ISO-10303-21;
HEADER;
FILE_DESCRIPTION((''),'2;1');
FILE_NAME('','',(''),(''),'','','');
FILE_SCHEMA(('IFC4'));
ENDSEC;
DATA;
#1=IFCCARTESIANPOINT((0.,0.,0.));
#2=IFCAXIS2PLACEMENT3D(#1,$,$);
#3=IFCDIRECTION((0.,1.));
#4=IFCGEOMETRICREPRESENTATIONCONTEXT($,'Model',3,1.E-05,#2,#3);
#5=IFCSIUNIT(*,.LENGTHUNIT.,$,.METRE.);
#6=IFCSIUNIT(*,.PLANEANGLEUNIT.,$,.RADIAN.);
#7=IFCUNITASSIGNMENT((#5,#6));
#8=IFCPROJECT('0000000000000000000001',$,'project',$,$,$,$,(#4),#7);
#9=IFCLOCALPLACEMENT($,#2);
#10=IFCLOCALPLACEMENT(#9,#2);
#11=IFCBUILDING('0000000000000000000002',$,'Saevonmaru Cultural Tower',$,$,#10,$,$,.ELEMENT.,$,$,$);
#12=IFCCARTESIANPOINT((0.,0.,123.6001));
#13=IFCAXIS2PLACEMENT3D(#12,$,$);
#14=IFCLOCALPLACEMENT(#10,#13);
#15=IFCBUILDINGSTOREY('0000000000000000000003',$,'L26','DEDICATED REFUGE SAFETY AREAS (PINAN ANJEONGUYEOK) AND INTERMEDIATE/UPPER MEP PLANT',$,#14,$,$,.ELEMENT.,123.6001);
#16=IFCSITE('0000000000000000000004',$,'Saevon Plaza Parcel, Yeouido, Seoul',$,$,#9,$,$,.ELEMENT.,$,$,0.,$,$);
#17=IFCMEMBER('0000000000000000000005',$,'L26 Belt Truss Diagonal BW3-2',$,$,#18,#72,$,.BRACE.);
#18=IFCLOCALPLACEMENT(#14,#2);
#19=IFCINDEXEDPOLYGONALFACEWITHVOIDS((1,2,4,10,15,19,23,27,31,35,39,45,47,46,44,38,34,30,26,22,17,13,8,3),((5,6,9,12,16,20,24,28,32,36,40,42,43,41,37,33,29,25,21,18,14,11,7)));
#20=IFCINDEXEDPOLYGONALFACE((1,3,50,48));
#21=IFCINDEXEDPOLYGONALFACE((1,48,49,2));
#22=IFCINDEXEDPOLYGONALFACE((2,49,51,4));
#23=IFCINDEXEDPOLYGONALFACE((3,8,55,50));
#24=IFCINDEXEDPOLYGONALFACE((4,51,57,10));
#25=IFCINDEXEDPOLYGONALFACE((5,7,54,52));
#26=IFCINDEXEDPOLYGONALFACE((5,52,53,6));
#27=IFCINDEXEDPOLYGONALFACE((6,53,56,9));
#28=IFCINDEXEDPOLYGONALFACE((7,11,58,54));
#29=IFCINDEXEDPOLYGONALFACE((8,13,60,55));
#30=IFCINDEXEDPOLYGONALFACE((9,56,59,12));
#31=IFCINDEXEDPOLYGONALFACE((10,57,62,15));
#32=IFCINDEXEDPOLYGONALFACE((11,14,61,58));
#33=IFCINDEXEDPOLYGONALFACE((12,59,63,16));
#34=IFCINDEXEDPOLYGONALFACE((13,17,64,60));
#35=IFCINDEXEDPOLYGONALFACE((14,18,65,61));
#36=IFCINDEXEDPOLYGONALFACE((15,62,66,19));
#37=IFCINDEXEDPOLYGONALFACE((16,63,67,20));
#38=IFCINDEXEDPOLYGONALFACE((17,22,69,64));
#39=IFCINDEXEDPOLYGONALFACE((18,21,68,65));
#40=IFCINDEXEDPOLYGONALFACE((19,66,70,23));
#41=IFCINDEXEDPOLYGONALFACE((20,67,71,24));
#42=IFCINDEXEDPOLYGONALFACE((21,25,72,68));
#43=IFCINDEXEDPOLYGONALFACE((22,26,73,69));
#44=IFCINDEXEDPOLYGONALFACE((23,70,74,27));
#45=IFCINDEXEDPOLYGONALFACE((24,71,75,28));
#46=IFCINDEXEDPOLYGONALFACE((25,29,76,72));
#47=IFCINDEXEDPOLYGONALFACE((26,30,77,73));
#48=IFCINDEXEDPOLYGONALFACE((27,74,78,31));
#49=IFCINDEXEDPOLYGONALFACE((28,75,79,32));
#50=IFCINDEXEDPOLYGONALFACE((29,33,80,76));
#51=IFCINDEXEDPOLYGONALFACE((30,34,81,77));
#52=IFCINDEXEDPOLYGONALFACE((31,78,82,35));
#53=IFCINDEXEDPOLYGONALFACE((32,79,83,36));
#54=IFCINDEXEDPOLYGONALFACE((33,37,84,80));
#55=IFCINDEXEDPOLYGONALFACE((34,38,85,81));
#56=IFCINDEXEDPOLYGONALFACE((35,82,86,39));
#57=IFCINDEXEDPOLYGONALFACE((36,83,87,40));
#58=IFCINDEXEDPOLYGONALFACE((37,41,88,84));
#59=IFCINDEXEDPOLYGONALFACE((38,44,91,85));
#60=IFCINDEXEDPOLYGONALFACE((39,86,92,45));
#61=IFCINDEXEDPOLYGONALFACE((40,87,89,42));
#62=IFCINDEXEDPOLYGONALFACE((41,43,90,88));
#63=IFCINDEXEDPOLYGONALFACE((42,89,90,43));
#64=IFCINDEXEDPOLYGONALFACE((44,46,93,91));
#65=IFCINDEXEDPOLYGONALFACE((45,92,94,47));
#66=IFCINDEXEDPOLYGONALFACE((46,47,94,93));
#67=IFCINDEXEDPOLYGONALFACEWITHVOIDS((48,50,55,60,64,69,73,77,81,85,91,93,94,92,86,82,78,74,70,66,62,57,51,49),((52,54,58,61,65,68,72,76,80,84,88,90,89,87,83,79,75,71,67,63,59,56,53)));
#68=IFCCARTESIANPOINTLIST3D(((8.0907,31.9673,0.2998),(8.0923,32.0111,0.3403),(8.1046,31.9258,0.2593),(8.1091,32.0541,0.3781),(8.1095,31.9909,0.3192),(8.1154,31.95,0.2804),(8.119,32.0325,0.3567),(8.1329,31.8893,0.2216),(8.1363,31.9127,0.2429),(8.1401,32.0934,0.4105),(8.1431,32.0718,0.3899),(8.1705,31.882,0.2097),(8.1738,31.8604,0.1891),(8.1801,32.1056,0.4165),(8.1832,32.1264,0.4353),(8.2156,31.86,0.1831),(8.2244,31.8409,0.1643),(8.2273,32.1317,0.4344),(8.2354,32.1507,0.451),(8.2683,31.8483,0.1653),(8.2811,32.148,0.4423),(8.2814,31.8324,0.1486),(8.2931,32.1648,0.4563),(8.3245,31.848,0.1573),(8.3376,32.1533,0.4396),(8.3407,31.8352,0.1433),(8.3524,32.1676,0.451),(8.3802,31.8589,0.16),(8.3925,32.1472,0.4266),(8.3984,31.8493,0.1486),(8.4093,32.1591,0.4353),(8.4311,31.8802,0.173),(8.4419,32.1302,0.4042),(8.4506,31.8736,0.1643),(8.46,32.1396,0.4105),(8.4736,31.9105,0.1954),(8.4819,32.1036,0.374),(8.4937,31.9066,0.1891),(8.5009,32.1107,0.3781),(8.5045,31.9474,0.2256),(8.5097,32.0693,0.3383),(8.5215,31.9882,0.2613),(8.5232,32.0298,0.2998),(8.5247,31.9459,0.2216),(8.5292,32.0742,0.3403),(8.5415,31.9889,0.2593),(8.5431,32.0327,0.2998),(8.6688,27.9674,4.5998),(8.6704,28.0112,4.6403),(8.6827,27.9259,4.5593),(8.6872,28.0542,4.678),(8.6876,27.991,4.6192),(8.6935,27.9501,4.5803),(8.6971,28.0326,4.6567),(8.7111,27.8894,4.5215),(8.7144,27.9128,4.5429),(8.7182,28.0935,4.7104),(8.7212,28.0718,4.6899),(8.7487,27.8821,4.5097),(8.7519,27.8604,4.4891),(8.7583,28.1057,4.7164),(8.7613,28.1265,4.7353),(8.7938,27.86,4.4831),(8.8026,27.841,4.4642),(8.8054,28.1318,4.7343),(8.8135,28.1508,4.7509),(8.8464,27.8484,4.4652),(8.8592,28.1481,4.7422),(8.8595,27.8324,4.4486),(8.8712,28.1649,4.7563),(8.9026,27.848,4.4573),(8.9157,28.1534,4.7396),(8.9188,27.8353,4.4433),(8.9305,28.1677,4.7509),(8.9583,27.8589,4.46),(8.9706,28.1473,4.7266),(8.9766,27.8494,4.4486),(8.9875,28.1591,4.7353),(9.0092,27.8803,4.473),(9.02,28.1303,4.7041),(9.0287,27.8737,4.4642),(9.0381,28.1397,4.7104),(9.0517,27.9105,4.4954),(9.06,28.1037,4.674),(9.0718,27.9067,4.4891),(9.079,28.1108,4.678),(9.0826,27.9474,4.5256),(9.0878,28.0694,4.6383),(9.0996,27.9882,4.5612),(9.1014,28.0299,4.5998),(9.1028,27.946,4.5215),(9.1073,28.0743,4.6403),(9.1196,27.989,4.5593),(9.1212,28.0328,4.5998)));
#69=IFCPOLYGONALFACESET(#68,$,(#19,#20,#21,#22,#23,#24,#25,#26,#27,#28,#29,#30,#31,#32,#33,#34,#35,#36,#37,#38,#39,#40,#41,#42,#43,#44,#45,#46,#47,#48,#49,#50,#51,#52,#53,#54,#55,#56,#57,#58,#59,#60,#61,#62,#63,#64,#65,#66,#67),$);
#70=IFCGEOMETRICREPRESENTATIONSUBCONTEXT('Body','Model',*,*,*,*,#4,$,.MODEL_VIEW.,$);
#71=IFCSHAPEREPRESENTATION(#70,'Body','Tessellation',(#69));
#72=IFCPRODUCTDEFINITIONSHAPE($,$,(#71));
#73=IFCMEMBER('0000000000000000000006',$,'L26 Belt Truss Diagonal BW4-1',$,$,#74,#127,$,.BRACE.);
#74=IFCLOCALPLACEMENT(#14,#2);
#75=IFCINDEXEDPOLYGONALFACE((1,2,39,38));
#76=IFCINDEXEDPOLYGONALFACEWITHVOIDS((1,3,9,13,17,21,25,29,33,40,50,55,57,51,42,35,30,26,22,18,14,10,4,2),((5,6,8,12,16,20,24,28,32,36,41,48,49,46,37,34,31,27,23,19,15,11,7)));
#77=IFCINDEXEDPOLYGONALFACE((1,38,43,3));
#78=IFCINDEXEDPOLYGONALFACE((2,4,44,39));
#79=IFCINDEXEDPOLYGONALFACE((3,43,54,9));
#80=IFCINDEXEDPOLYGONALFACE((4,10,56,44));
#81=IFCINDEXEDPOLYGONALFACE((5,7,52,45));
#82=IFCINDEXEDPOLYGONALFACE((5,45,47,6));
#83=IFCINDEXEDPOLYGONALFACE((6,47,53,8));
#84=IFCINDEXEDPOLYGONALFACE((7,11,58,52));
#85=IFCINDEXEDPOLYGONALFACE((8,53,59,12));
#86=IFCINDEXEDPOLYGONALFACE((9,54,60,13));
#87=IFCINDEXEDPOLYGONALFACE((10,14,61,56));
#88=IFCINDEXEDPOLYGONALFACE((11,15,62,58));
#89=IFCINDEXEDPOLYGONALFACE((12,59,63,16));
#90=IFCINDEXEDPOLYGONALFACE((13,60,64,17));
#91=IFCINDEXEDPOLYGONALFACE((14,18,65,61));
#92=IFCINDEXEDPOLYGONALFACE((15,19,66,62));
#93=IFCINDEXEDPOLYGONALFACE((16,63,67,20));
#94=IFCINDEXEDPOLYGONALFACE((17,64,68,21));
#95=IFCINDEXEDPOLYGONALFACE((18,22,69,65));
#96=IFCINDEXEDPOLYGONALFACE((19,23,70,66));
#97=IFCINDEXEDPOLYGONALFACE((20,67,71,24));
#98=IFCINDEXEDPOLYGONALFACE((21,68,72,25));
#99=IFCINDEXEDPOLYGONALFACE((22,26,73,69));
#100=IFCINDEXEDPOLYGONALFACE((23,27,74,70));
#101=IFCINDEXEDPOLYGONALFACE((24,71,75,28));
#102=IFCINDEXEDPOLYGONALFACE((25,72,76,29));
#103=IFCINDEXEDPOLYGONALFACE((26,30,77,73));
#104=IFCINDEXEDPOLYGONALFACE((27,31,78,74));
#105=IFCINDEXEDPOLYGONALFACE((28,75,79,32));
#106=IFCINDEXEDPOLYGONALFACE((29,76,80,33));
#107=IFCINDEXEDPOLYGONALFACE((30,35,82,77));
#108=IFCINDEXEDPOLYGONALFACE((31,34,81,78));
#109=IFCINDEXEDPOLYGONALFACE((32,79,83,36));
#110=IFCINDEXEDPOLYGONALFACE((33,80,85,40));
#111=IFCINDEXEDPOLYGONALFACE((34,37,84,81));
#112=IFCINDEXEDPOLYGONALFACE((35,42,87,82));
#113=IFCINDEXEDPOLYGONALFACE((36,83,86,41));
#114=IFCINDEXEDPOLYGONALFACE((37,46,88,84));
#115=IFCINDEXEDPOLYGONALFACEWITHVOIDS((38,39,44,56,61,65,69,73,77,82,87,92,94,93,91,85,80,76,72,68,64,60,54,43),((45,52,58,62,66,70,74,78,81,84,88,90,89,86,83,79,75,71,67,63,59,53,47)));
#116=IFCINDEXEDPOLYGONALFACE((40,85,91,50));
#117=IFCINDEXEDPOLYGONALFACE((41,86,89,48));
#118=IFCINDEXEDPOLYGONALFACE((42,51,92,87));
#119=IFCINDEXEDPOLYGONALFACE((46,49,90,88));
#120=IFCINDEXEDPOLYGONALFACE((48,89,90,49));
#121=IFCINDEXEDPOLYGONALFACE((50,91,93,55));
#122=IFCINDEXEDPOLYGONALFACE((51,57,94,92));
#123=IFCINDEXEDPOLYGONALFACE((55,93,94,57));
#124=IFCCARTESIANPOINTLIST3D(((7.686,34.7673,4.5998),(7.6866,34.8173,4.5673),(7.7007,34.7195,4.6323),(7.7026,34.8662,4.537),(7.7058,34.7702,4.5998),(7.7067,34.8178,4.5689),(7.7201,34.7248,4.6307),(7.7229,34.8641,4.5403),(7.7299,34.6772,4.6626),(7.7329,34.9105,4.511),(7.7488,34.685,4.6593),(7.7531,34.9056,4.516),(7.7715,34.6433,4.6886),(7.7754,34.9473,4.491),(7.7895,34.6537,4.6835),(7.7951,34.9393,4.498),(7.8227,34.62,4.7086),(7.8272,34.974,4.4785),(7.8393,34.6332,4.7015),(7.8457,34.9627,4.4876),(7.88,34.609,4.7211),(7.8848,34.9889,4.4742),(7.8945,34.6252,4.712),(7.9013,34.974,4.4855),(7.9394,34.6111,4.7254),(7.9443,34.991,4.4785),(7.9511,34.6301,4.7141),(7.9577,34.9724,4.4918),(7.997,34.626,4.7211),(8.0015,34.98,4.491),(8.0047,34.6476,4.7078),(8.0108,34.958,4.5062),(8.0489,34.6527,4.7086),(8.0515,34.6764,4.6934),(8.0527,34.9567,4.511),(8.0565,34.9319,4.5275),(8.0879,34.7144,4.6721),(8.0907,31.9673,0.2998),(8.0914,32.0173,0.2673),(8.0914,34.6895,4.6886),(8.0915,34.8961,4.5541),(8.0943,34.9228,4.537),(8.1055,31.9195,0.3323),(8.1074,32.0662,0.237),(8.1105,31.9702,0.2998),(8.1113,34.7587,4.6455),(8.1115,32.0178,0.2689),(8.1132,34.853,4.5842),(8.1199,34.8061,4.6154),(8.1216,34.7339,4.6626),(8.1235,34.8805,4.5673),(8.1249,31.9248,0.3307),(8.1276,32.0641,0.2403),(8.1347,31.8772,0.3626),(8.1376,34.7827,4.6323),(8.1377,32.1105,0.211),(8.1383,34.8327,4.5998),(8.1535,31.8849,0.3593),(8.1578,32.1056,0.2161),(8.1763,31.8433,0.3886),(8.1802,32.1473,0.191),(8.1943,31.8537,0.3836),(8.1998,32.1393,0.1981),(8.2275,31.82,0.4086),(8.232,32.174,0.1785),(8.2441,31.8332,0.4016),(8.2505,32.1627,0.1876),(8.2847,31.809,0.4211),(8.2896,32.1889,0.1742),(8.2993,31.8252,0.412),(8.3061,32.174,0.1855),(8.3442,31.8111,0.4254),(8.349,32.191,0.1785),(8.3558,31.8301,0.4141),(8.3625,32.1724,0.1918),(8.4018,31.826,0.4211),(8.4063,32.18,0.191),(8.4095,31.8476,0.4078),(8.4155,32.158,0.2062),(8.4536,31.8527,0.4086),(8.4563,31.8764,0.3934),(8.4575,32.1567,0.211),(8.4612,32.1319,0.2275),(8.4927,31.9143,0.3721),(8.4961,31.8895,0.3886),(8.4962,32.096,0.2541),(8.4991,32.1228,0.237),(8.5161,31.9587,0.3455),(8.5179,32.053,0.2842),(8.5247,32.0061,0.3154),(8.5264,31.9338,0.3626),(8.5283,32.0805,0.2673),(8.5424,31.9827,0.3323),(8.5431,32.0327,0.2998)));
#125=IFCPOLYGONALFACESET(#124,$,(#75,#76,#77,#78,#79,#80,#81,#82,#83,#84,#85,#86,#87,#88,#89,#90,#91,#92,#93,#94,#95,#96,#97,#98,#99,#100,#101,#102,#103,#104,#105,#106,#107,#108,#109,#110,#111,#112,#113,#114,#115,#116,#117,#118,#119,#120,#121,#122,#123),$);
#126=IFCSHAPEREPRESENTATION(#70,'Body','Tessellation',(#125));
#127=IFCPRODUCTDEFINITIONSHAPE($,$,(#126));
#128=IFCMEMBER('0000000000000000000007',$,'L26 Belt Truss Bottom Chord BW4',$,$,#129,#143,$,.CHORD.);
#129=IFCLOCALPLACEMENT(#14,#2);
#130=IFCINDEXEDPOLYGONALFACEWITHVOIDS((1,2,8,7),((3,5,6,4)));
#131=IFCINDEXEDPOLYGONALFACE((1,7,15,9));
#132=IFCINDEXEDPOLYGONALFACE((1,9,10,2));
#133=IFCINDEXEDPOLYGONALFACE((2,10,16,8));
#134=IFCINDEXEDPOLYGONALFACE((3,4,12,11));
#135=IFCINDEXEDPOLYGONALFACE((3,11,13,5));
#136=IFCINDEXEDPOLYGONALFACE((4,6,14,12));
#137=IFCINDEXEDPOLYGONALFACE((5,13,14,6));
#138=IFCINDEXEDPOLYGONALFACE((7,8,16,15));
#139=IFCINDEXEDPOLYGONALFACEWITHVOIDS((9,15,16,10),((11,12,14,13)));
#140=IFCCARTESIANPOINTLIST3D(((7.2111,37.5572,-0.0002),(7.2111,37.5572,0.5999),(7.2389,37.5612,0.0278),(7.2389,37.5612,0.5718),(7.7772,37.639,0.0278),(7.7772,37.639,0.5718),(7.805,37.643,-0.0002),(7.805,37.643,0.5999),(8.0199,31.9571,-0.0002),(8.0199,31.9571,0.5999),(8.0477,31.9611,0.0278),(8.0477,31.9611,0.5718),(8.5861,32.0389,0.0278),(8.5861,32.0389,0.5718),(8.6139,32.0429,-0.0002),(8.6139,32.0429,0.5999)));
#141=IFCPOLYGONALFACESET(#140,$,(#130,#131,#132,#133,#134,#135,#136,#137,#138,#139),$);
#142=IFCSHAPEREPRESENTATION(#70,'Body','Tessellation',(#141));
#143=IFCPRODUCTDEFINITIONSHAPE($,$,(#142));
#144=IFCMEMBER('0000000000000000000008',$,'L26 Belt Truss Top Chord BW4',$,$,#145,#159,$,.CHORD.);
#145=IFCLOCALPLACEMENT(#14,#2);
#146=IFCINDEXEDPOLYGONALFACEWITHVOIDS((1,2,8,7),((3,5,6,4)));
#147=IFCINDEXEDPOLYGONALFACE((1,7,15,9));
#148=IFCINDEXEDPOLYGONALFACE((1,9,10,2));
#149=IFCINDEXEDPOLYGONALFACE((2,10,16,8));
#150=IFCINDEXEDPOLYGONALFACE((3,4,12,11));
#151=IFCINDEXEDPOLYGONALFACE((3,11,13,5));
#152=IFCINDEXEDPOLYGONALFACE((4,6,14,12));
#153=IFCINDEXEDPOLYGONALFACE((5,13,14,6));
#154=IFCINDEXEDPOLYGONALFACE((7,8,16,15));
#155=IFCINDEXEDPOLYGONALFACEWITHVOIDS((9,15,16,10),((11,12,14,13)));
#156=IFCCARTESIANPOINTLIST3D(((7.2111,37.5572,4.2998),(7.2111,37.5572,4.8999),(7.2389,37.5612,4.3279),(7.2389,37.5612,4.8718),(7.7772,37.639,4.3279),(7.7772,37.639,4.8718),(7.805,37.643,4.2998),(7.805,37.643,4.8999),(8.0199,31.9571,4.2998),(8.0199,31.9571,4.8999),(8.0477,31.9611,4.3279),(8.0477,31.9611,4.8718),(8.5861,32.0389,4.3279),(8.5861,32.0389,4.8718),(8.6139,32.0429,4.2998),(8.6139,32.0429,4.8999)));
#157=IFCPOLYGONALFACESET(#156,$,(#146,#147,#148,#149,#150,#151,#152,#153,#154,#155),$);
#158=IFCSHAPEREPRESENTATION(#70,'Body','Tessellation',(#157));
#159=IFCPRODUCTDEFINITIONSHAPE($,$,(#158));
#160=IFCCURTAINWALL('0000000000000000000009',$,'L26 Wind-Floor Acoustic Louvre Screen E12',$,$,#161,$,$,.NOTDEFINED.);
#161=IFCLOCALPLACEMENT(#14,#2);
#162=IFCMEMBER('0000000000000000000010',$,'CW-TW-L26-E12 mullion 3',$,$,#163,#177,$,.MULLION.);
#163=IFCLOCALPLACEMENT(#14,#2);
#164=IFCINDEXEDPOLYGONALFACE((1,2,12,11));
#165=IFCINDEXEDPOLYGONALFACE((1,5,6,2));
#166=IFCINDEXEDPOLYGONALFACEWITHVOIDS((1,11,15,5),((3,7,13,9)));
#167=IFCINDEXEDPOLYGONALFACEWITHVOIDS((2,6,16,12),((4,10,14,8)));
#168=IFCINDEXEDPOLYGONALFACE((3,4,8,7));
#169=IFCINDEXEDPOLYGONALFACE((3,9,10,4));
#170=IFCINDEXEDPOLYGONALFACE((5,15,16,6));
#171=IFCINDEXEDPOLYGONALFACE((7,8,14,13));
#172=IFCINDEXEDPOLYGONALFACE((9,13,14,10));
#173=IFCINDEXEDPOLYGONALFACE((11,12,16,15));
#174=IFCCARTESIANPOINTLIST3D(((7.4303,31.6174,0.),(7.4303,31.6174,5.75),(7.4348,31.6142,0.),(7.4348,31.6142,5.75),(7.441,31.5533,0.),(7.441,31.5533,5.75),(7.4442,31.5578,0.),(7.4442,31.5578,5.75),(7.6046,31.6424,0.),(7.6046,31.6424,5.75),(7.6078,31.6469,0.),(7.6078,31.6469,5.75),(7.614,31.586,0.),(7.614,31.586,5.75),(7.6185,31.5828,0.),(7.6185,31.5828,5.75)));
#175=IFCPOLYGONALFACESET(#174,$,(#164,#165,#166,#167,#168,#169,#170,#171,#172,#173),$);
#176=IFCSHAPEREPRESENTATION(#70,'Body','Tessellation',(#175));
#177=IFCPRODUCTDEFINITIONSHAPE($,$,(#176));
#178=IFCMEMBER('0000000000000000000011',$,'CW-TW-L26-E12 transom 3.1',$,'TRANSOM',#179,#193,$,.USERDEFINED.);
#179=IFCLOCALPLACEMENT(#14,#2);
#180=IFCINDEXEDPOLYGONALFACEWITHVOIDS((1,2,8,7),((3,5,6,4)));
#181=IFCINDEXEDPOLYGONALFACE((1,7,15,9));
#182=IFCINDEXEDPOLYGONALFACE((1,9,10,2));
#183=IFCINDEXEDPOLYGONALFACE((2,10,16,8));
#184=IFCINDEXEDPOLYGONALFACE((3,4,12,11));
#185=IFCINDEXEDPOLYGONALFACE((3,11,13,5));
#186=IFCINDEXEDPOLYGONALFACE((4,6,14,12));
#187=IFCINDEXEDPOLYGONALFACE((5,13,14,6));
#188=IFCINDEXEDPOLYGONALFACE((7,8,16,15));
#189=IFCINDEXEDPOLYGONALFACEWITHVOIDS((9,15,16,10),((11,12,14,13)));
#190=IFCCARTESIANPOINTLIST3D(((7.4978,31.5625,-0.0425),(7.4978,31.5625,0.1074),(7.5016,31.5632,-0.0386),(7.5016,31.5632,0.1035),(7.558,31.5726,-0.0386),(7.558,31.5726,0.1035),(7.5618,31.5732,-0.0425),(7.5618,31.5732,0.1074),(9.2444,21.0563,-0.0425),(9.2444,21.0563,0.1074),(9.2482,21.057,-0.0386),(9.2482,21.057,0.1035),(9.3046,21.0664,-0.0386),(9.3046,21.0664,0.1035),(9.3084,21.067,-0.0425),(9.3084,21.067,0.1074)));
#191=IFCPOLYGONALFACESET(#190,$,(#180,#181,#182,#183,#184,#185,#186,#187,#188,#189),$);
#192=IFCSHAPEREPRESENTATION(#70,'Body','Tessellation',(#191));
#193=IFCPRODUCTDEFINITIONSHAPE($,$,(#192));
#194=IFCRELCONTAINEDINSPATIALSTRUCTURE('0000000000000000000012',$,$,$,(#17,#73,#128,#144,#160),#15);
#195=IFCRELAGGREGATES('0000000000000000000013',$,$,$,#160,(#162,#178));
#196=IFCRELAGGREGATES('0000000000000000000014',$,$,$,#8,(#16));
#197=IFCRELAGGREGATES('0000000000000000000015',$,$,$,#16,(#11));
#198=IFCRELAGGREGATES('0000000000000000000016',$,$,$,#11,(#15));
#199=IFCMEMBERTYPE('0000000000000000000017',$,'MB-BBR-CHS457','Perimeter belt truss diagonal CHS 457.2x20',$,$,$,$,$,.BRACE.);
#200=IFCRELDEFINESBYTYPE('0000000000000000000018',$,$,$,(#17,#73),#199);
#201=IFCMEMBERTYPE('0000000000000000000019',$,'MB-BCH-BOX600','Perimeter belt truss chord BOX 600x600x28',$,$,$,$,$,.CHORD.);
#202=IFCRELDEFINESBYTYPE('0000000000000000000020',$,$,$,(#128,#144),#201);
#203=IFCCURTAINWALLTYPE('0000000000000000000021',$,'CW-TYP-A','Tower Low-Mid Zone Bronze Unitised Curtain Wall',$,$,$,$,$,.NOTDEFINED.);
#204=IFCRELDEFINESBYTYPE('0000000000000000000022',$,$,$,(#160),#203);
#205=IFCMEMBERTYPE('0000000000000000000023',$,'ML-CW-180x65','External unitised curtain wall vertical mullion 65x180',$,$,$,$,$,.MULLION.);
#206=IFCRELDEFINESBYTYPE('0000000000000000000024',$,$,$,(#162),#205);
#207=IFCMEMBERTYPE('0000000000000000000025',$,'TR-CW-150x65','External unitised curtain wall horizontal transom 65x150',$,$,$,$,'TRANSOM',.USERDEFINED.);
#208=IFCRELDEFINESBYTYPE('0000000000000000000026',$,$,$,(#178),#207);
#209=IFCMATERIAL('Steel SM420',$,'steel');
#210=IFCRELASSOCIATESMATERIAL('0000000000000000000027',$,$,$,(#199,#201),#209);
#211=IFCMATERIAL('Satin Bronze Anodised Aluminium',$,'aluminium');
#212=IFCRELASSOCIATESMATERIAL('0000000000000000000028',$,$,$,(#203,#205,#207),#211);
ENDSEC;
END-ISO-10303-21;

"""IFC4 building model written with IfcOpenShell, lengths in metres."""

from ifc_helpers import new_model, si_unit, direction, frame, origin, origin_2d, place, context, subcontext, project, spatial, hollow_rectangle, hollow_circle, extrude, material, material_profile, profile_set, type_object, element, aggregate, save


model = new_model("IFC4")

# Units and contexts
model_context = context("Model", 3, precision=1e-05, world=origin(), true_north=direction((0.0, 1.0)))
body_context = subcontext(model_context, "Body", "Model", "MODEL_VIEW")
ifc_project = project(units=[si_unit("LENGTHUNIT", "METRE"), si_unit("PLANEANGLEUNIT", "RADIAN")], contexts=[model_context])

# Site, building, storey
site_placement = place(None, origin())
site = spatial("IfcSite", under=ifc_project, at=site_placement, Name="Saevon Plaza Parcel, Yeouido, Seoul", CompositionType="ELEMENT", RefElevation=0.0)
building_placement = place(site_placement, origin())
building = spatial("IfcBuilding", under=site, at=building_placement, Name="Saevonmaru Cultural Tower", CompositionType="ELEMENT")
storey_placement = place(building_placement, frame((0.0, 0.0, 123.6001)))
storey = spatial("IfcBuildingStorey", under=building, at=storey_placement, Name="L26", Description="DEDICATED REFUGE SAFETY AREAS (PINAN ANJEONGUYEOK) AND INTERMEDIATE/UPPER MEP PLANT", CompositionType="ELEMENT", Elevation=123.6001)

# Shared definitions
ifc_material_1 = material(Name="Steel SM420", Category="steel")

# Members
ifc_material_profile_1 = material_profile(ifc_material_1, hollow_circle(Radius=0.2285, WallThickness=0.02, at=origin_2d()), Name="CHS-457.2x20")
ifc_profile_set_1 = profile_set([ifc_material_profile_1], Name="Steel SM420")
member_type_1 = type_object("IfcMemberType", Name="MB-BBR-CHS457", Description="Perimeter belt truss diagonal CHS 457.2x20", PredefinedType="BRACE", material=ifc_profile_set_1)
member_1_placement = place(storey_placement, frame((8.3169, 32.0, 0.2998), z_axis=(0.097967, -0.677823, 0.728669), x_axis=(0.989716, 0.143045, 0.0)))
element("IfcMember", 1, at=member_1_placement, inside=storey, type_object=member_type_1, Name="L26 Belt Truss Diagonal BW3-2", PredefinedType="BRACE", context=body_context, shape_type="SweptSolid", body=[
    extrude(hollow_circle(Radius=0.2285, WallThickness=0.02, at=origin_2d()), origin(), (0.0, 0.0, 1.0), 5.9011),
])
member_2_placement = place(storey_placement, frame((8.3169, 32.0, 0.2998), z_axis=(-0.078641, 0.543986, 0.835401), x_axis=(-0.989712, -0.143076, 0.0)))
element("IfcMember", 2, at=member_2_placement, inside=storey, type_object=member_type_1, Name="L26 Belt Truss Diagonal BW4-1", PredefinedType="BRACE", context=body_context, shape_type="SweptSolid", body=[
    extrude(hollow_circle(Radius=0.2285, WallThickness=0.02, at=origin_2d()), origin(), (0.0, 0.0, 1.0), 5.1472),
])
ifc_material_profile_2 = material_profile(ifc_material_1, hollow_rectangle(XDim=0.6001, YDim=0.6001, WallThickness=0.0281, at=origin_2d()), Name="BOX-600x600x28")
ifc_profile_set_2 = profile_set([ifc_material_profile_2], Name="Steel SM420")
member_type_2 = type_object("IfcMemberType", Name="MB-BCH-BOX600", Description="Perimeter belt truss chord BOX 600x600x28", PredefinedType="CHORD", material=ifc_profile_set_2)
for number, where, z_axis, x_axis, name in (
    (3, (8.3169, 32.0, 0.2998), (-0.142949, 0.98973, 0.0), (-0.98973, -0.142949, 0.0), "L26 Belt Truss Bottom Chord BW4"),
    (4, (8.3169, 32.0, 4.5999), (-0.142949, 0.98973, 0.0), (-0.98973, -0.142949, 0.0), "L26 Belt Truss Top Chord BW4"),
):
    element("IfcMember", number, at=place(storey_placement, frame(where, z_axis=z_axis, x_axis=x_axis)), inside=storey, type_object=member_type_2, Name=name, PredefinedType="CHORD", context=body_context, shape_type="SweptSolid", body=[
        extrude(hollow_rectangle(XDim=0.6001, YDim=0.6001, WallThickness=0.0281, at=origin_2d()), origin(), (0.0, 0.0, 1.0), 5.6582),
    ])

# Curtain wall, members
ifc_material_2 = material(Name="Satin Bronze Anodised Aluminium", Category="aluminium")
curtain_wall_type = type_object("IfcCurtainWallType", Name="CW-TYP-A", Description="Tower Low-Mid Zone Bronze Unitised Curtain Wall", PredefinedType="NOTDEFINED", material=ifc_material_2)
curtain_wall_placement = place(storey_placement, origin())
curtain_wall = element("IfcCurtainWall", 5, at=curtain_wall_placement, inside=storey, type_object=curtain_wall_type, Name="L26 Wind-Floor Acoustic Louvre Screen E12", PredefinedType="NOTDEFINED")
ifc_material_profile_3 = material_profile(ifc_material_2, hollow_rectangle(XDim=0.0649, YDim=0.1799, WallThickness=0.0039, at=origin_2d()), Name="ALU-MULL-180x65x4")
ifc_profile_set_3 = profile_set([ifc_material_profile_3], Name="Satin Bronze Anodised Aluminium")
member_type_3 = type_object("IfcMemberType", Name="ML-CW-180x65", Description="External unitised curtain wall vertical mullion 65x180", PredefinedType="MULLION", material=ifc_profile_set_3)
member_3_placement = place(storey_placement, frame((7.5244, 31.6001, 0.0), z_axis=(0.0, 0.0, 1.0), x_axis=(0.163999, -0.986461, 0.0)))
member_3 = element("IfcMember", 6, at=member_3_placement, type_object=member_type_3, Name="CW-TW-L26-E12 mullion 3", PredefinedType="MULLION", context=body_context, shape_type="SweptSolid", body=[
    extrude(hollow_rectangle(XDim=0.0649, YDim=0.1799, WallThickness=0.0039, at=origin_2d()), origin(), (0.0, 0.0, 1.0), 5.75),
])
ifc_material_profile_4 = material_profile(ifc_material_2, hollow_rectangle(XDim=0.0649, YDim=0.1499, WallThickness=0.0039, at=origin_2d()), Name="ALU-TRAN-150x65x4")
ifc_profile_set_4 = profile_set([ifc_material_profile_4], Name="Satin Bronze Anodised Aluminium")
member_type_4 = type_object("IfcMemberType", Name="TR-CW-150x65", Description="External unitised curtain wall horizontal transom 65x150", ElementType="TRANSOM", PredefinedType="USERDEFINED", material=ifc_profile_set_4)
member_4_placement = place(storey_placement, frame((7.5298, 31.5679, 0.0325), z_axis=(0.163994, -0.986461, 0.0), x_axis=(0.986461, 0.163994, 0.0)))
member_4 = element("IfcMember", 7, at=member_4_placement, type_object=member_type_4, Name="CW-TW-L26-E12 transom 3.1", ObjectType="TRANSOM", PredefinedType="USERDEFINED", context=body_context, shape_type="SweptSolid", body=[
    extrude(hollow_rectangle(XDim=0.0649, YDim=0.1499, WallThickness=0.0039, at=origin_2d()), origin(), (0.0, 0.0, 1.0), 10.6504),
])

aggregate(curtain_wall, [member_3, member_4])

save(model, "model.ifc")
